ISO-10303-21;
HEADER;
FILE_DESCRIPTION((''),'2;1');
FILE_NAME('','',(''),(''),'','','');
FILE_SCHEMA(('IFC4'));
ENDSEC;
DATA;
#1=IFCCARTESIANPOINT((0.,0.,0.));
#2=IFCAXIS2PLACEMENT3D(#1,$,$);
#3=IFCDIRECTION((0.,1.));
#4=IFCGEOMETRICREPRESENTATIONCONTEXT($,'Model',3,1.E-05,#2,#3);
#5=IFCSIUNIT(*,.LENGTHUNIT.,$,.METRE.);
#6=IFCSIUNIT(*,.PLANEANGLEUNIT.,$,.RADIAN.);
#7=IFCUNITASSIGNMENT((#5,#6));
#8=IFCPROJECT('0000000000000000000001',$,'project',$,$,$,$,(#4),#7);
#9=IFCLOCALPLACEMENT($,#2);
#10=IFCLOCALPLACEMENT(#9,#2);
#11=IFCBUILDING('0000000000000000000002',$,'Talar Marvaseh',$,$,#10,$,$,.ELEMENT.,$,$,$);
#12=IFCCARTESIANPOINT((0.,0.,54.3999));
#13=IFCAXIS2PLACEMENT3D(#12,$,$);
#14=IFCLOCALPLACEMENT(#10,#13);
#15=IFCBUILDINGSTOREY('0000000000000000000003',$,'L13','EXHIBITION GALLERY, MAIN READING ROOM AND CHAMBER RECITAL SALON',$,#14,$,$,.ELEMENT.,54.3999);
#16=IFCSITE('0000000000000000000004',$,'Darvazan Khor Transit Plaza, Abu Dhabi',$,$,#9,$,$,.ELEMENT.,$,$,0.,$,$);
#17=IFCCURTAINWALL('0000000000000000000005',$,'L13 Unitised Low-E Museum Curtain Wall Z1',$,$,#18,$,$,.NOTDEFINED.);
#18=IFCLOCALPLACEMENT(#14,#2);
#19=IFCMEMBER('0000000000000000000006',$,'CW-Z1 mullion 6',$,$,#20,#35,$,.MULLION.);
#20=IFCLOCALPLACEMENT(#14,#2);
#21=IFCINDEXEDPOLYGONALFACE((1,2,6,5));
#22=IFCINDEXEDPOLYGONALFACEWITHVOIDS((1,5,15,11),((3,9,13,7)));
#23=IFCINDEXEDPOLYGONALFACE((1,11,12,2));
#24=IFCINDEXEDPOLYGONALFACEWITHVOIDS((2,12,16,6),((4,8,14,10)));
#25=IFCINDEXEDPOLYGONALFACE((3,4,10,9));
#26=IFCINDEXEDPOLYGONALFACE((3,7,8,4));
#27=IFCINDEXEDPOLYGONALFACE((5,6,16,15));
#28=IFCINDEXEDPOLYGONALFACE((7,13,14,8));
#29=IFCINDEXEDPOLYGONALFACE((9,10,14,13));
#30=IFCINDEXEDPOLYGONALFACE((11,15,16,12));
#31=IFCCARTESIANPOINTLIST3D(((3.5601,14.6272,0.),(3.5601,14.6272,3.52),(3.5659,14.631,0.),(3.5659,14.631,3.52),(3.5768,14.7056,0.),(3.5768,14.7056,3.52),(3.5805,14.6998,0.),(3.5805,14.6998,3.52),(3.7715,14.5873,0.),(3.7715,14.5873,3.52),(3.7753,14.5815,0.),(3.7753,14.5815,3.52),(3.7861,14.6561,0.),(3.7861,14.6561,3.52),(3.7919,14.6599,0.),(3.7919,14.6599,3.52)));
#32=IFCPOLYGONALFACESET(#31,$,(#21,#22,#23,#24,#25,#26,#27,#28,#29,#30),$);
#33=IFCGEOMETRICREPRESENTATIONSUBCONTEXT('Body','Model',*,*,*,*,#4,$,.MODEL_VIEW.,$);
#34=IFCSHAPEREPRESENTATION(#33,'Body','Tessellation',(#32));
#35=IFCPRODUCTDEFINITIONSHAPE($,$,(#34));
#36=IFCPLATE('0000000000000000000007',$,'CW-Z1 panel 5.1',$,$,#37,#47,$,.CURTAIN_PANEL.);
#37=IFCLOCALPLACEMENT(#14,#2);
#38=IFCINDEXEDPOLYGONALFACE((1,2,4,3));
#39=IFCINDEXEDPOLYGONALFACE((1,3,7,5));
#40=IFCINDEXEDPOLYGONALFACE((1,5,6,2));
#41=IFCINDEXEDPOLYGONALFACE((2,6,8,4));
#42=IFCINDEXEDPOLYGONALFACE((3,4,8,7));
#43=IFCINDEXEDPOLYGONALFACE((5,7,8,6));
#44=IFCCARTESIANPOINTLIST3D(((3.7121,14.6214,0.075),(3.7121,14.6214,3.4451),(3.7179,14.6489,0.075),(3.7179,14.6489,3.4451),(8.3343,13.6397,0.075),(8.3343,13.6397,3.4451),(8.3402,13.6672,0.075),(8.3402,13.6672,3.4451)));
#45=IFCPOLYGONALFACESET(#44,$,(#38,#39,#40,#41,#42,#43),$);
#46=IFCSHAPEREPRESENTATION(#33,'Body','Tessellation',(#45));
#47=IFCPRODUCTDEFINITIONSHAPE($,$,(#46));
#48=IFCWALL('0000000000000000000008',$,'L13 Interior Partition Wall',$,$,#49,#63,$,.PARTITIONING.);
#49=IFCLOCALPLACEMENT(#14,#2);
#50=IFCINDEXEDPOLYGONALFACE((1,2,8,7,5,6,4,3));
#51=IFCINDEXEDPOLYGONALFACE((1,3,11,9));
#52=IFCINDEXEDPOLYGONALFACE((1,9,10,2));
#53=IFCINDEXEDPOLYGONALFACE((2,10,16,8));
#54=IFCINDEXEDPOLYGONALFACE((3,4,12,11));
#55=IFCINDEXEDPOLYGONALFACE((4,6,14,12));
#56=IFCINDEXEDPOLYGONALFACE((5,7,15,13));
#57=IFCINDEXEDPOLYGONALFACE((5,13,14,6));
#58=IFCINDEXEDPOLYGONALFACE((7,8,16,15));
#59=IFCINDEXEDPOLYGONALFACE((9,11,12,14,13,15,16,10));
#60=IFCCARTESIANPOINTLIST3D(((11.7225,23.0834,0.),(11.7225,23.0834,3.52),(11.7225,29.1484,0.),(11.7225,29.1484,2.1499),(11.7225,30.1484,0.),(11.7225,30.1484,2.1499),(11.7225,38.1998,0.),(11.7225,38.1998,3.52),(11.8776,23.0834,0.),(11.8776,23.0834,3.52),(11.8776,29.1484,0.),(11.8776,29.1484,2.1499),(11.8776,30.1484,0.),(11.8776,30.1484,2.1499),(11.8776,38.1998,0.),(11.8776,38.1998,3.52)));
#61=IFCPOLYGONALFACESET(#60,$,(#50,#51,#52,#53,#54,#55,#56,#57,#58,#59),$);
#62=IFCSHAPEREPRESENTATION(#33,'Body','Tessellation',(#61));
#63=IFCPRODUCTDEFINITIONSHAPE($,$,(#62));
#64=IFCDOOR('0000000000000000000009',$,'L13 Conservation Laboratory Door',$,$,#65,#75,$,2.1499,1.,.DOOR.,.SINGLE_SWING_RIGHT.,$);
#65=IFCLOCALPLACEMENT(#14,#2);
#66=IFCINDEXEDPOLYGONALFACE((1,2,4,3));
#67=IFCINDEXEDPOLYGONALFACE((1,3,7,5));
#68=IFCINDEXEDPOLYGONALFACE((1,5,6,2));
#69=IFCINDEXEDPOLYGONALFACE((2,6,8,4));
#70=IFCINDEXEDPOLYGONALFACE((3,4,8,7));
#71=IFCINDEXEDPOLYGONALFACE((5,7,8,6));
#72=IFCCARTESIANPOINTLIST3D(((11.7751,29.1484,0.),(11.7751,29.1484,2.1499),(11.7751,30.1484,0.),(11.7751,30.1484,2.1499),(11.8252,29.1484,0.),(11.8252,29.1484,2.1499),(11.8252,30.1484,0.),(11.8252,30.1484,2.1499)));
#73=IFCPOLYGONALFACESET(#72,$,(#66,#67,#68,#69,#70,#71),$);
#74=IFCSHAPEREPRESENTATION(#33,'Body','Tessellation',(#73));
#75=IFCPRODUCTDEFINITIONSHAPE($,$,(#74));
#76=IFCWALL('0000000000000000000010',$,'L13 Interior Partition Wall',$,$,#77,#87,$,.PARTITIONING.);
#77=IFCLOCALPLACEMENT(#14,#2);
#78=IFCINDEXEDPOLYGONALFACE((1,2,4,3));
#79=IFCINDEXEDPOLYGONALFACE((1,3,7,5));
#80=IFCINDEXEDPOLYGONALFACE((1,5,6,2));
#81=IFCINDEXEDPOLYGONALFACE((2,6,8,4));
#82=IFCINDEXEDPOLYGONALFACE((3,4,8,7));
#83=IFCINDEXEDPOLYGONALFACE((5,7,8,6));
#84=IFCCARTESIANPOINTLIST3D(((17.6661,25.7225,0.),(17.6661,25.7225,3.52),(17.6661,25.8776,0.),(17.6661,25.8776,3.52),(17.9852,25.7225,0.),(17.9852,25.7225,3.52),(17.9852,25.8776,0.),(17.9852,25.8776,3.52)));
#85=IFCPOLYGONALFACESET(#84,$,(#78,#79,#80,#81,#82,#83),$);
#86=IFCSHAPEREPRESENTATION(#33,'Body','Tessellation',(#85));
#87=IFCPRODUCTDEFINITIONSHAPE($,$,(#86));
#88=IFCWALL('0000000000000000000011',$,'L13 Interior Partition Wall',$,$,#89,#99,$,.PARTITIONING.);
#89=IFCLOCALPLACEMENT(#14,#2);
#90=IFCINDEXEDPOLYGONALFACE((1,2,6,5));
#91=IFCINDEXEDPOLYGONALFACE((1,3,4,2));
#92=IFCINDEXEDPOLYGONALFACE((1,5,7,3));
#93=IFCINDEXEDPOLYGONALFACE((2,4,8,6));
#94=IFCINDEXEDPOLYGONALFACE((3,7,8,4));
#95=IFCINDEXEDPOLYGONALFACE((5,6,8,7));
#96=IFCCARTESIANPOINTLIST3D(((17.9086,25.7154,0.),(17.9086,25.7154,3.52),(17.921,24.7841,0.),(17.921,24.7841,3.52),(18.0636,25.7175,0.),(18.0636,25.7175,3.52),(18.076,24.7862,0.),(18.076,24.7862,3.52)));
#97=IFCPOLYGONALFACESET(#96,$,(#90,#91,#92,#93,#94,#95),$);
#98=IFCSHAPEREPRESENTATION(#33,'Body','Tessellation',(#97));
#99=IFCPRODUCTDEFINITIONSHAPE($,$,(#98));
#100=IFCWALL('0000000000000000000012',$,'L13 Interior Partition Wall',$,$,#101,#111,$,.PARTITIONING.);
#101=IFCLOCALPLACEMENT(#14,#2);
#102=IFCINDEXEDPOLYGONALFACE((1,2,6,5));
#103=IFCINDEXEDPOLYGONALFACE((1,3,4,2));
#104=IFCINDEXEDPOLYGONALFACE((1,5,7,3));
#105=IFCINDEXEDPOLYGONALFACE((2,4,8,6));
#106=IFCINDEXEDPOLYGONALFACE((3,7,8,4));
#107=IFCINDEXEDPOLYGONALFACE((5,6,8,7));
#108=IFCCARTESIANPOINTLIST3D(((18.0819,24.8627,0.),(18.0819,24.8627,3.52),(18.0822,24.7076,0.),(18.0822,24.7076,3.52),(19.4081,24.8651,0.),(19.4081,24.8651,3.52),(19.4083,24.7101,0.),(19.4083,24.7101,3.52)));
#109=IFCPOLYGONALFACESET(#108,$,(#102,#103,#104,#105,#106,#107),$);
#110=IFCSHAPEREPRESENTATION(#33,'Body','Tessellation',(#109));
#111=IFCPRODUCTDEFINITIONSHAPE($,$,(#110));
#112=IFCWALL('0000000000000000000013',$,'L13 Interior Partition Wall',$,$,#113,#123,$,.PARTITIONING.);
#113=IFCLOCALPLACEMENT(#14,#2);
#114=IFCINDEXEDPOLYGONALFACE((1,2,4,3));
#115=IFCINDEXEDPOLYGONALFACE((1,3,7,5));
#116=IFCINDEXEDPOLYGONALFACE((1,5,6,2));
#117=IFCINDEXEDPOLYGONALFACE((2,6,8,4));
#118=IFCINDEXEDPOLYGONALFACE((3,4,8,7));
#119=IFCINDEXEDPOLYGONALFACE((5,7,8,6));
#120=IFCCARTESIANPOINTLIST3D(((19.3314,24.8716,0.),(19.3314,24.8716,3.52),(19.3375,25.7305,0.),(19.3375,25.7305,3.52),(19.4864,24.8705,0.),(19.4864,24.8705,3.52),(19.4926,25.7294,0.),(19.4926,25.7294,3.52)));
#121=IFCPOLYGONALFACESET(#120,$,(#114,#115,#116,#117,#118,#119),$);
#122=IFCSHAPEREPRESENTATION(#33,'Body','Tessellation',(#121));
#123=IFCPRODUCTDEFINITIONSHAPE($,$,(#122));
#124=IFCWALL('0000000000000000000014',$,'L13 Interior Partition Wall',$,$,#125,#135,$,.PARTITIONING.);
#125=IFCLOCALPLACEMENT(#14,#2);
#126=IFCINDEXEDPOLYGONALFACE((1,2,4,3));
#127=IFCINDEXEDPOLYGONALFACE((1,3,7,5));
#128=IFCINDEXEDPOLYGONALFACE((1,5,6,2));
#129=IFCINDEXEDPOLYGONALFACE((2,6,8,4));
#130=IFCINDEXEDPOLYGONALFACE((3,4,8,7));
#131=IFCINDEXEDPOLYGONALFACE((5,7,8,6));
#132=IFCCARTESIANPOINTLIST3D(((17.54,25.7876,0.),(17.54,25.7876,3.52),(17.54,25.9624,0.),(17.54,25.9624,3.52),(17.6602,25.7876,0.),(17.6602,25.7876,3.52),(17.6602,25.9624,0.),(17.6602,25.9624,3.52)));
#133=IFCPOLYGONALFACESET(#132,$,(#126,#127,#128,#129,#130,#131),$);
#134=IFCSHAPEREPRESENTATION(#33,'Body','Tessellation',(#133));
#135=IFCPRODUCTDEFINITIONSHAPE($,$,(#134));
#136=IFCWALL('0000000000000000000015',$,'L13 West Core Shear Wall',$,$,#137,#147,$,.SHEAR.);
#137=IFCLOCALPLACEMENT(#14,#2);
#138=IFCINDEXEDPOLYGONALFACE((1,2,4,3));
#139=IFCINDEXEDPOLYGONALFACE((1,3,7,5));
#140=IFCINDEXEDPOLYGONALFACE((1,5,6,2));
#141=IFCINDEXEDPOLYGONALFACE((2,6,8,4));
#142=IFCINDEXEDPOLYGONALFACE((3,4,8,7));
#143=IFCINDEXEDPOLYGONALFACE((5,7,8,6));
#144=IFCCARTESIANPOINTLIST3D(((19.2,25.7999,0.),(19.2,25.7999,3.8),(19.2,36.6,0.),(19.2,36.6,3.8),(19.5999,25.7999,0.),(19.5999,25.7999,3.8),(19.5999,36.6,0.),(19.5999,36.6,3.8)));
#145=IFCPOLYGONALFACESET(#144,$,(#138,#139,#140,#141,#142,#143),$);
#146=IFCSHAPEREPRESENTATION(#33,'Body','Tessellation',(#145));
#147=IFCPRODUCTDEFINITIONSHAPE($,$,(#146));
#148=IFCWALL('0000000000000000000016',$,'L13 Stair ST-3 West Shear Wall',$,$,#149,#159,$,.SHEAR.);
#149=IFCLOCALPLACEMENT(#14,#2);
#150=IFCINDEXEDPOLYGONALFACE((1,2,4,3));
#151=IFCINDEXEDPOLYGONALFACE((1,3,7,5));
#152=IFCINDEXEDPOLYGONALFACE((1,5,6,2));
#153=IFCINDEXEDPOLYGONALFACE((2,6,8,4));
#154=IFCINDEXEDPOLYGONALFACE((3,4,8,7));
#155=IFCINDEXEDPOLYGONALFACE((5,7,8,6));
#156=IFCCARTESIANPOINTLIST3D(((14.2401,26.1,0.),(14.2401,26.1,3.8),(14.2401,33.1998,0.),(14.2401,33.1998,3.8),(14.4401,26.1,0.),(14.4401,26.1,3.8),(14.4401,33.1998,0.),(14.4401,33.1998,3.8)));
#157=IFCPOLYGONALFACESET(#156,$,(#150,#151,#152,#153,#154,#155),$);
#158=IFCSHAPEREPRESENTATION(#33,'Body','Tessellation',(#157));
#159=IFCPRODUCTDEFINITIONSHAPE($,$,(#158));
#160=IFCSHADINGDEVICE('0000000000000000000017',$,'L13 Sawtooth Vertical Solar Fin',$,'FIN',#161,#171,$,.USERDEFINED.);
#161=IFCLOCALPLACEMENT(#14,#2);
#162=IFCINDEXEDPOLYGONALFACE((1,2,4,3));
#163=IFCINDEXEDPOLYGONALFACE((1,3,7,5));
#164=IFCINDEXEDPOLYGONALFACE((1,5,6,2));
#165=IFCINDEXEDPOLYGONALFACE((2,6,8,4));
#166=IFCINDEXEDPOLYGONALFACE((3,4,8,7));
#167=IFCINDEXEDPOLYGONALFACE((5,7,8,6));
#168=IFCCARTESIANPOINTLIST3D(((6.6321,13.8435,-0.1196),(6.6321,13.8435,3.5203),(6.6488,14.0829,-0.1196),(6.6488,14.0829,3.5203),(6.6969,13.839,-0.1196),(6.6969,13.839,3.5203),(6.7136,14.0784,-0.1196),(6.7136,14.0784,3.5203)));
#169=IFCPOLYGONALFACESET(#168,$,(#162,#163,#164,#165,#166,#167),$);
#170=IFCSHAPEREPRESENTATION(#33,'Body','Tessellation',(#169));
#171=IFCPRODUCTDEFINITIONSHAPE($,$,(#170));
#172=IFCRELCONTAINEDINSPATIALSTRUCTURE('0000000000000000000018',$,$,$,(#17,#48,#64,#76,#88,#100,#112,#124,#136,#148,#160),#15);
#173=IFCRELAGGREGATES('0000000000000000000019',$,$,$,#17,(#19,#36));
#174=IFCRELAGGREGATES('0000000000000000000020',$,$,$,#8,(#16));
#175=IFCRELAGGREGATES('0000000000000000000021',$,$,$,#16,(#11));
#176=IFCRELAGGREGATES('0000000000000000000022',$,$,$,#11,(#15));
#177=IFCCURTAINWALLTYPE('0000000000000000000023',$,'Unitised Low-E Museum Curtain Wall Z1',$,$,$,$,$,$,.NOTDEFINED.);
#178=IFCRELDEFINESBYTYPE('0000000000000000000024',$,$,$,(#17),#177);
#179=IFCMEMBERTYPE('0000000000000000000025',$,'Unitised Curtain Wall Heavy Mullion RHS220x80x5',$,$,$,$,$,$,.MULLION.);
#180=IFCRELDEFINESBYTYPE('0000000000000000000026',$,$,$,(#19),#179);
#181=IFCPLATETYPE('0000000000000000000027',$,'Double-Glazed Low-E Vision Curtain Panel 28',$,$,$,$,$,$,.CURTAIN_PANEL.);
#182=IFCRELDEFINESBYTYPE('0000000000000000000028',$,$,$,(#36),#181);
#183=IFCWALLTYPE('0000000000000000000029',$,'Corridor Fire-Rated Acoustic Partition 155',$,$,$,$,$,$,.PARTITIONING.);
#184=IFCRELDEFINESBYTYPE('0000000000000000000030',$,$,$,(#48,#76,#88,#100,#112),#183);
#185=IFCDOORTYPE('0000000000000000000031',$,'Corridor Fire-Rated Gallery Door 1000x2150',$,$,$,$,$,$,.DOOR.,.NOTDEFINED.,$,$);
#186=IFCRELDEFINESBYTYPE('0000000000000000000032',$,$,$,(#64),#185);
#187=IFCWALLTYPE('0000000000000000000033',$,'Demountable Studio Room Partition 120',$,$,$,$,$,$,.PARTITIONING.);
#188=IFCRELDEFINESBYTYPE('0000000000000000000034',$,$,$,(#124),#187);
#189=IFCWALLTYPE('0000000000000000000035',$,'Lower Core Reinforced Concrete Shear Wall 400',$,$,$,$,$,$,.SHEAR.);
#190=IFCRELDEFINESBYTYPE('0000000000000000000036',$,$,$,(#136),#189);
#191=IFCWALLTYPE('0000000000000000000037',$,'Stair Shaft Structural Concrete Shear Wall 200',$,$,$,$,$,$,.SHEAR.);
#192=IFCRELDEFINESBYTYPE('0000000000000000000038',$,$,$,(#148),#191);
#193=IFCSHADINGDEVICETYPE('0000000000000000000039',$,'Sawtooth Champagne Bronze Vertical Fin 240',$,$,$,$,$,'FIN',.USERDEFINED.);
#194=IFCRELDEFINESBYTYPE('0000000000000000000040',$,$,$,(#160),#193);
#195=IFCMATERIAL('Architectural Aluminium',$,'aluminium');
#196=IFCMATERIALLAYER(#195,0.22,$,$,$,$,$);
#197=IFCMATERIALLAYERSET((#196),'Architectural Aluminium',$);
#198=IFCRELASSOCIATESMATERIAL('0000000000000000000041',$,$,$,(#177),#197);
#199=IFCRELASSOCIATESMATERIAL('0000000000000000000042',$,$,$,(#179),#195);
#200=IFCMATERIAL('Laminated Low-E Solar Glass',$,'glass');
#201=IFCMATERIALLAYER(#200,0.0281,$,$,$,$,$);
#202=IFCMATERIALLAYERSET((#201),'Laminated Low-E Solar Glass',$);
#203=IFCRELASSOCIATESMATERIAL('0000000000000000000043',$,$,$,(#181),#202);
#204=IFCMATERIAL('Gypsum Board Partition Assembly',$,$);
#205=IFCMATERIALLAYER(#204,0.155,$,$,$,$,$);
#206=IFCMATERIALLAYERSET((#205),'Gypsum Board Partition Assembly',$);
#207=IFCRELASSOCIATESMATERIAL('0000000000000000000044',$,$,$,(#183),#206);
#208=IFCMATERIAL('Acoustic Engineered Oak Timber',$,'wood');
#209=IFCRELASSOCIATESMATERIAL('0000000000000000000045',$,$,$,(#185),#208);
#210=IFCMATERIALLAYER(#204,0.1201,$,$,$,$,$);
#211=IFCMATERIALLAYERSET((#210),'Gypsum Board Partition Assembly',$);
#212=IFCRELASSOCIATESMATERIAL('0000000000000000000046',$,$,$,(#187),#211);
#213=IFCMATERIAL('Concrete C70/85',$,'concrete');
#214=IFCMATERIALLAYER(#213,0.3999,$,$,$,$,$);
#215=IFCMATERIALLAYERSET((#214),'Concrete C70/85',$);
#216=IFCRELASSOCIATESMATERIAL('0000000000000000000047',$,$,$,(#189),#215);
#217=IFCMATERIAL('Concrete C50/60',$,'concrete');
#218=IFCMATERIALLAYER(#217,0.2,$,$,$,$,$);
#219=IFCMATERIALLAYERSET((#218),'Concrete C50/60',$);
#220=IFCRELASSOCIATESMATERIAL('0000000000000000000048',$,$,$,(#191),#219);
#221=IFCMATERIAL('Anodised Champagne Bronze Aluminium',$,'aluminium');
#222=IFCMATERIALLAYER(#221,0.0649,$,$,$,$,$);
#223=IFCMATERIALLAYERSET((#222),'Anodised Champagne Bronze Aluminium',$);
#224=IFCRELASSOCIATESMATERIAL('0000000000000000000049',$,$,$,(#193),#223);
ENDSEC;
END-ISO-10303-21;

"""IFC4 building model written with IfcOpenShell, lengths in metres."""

from ifc_helpers import new_model, si_unit, direction, frame, frame_2d, origin, origin_2d, place, context, subcontext, project, spatial, rectangle, hollow_rectangle, extrude, source, transform, mapped, material, layer, layer_set, material_profile, profile_set, type_object, type_shapes, element, fill, aggregate, save


model = new_model("IFC4")

# Units and contexts
model_context = context("Model", 3, precision=1e-05, world=origin(), true_north=direction((0.0, 1.0)))
body_context = subcontext(model_context, "Body", "Model", "MODEL_VIEW")
ifc_project = project(units=[si_unit("LENGTHUNIT", "METRE"), si_unit("PLANEANGLEUNIT", "RADIAN")], contexts=[model_context])

# Site, building, storey
site_placement = place(None, origin())
site = spatial("IfcSite", under=ifc_project, at=site_placement, Name="Darvazan Khor Transit Plaza, Abu Dhabi", CompositionType="ELEMENT", RefElevation=0.0)
building_placement = place(site_placement, origin())
building = spatial("IfcBuilding", under=site, at=building_placement, Name="Talar Marvaseh", CompositionType="ELEMENT")
storey_placement = place(building_placement, frame((0.0, 0.0, 54.3999)))
storey = spatial("IfcBuildingStorey", under=building, at=storey_placement, Name="L13", Description="EXHIBITION GALLERY, MAIN READING ROOM AND CHAMBER RECITAL SALON", CompositionType="ELEMENT", Elevation=54.3999)

# Shared definitions
ifc_material_1 = material(Name="Concrete C70/85", Category="concrete")

# Curtain wall, member, plate
ifc_material_2 = material(Name="Architectural Aluminium", Category="aluminium")
ifc_layer_1 = layer(ifc_material_2, 0.22)
ifc_layer_set_1 = layer_set([ifc_layer_1], Name="Architectural Aluminium")
curtain_wall_type = type_object("IfcCurtainWallType", Name="Unitised Low-E Museum Curtain Wall Z1", PredefinedType="NOTDEFINED", material=ifc_layer_set_1)
curtain_wall_placement = place(storey_placement, origin())
curtain_wall = element("IfcCurtainWall", 1, at=curtain_wall_placement, inside=storey, type_object=curtain_wall_type, Name="L13 Unitised Low-E Museum Curtain Wall Z1", PredefinedType="NOTDEFINED")
ifc_material_profile_1 = material_profile(ifc_material_2, hollow_rectangle(XDim=0.0801, YDim=0.22, WallThickness=0.0049, at=origin_2d()), Name="RHS220x80x5")
ifc_profile_set_1 = profile_set([ifc_material_profile_1], Name="Architectural Aluminium")
member_type = type_object("IfcMemberType", Name="Unitised Curtain Wall Heavy Mullion RHS220x80x5", PredefinedType="MULLION", material=ifc_profile_set_1)
shared_shape_1 = source(origin(), body_context, "Body", "SweptSolid", [
    extrude(hollow_rectangle(XDim=0.0801, YDim=0.22, WallThickness=0.0049, at=origin_2d()), origin(), (0.0, 0.0, 1.0), 3.52),
])
type_shapes(member_type, [shared_shape_1])
member_placement = place(storey_placement, frame((3.676, 14.6436, 0.0), z_axis=(0.0, 0.0, 1.0), x_axis=(-0.207758, -0.97818, 0.0)))
member = element("IfcMember", 2, at=member_placement, type_object=member_type, Name="CW-Z1 mullion 6", PredefinedType="MULLION", context=body_context, shape_type="MappedRepresentation", body=[
    mapped(shared_shape_1, transform((0.0, 0.0, 0.0), x_axis=(1.0, 0.0, 0.0), y_axis=(0.0, 1.0, 0.0), z_axis=(0.0, 0.0, 1.0), scale=1.0)),
])
ifc_material_3 = material(Name="Laminated Low-E Solar Glass", Category="glass")
ifc_layer_2 = layer(ifc_material_3, 0.0281)
ifc_layer_set_2 = layer_set([ifc_layer_2], Name="Laminated Low-E Solar Glass")
plate_type = type_object("IfcPlateType", Name="Double-Glazed Low-E Vision Curtain Panel 28", PredefinedType="CURTAIN_PANEL", material=ifc_layer_set_2)
shared_shape_2 = source(origin(), body_context, "Body", "SweptSolid", [
    extrude(rectangle(XDim=4.7253, YDim=0.0281, at=origin_2d()), origin(), (0.0, 0.0, 1.0), 3.3701),
])
type_shapes(plate_type, [shared_shape_2])
plate_placement = place(storey_placement, frame((6.0261, 14.1443, 0.075), z_axis=(0.0, 0.0, 1.0), x_axis=(-0.97818, 0.207758, 0.0)))
plate = element("IfcPlate", 3, at=plate_placement, type_object=plate_type, Name="CW-Z1 panel 5.1", PredefinedType="CURTAIN_PANEL", context=body_context, shape_type="MappedRepresentation", body=[
    mapped(shared_shape_2, transform((0.0, 0.0, 0.0), x_axis=(1.0, 0.0, 0.0), y_axis=(0.0, 1.0, 0.0), z_axis=(0.0, 0.0, 1.0), scale=1.0)),
])
aggregate(curtain_wall, [member, plate])

# Wall, opening, door
ifc_material_4 = material(Name="Gypsum Board Partition Assembly")
ifc_layer_3 = layer(ifc_material_4, 0.155)
ifc_layer_set_3 = layer_set([ifc_layer_3], Name="Gypsum Board Partition Assembly")
wall_type_1 = type_object("IfcWallType", Name="Corridor Fire-Rated Acoustic Partition 155", PredefinedType="PARTITIONING", material=ifc_layer_set_3)
wall_1_placement = place(storey_placement, frame((11.8, 23.0835, 0.0), z_axis=(0.0, 0.0, 1.0), x_axis=(0.0, 1.0, 0.0)))
wall_1 = element("IfcWall", 4, at=wall_1_placement, inside=storey, type_object=wall_type_1, Name="L13 Interior Partition Wall", PredefinedType="PARTITIONING", context=body_context, shape_type="SweptSolid", body=[
    extrude(rectangle(XDim=15.1165, YDim=0.155, at=frame_2d((7.5581, 0.0))), origin(), (0.0, 0.0, 1.0), 3.52),
])
opening_placement = place(wall_1_placement, frame((6.0649, 0.0, 0.0)))
opening = element("IfcOpeningElement", 5, at=opening_placement, cuts=wall_1, PredefinedType="OPENING", context=body_context, shape_type="SweptSolid", body=[
    extrude(rectangle(XDim=1.0, YDim=2.1499, at=frame_2d((0.5, 1.075))), frame((0.0, 0.0874, 0.0), z_axis=(0.0, -1.0, 0.0), x_axis=(1.0, 0.0, 0.0)), (0.0, 0.0, 1.0), 0.175),
])
ifc_material_5 = material(Name="Acoustic Engineered Oak Timber", Category="wood")
door_type = type_object("IfcDoorType", Name="Corridor Fire-Rated Gallery Door 1000x2150", OperationType="NOTDEFINED", PredefinedType="DOOR", material=ifc_material_5)
shared_shape_3 = source(origin(), body_context, "Body", "SweptSolid", [
    extrude(rectangle(XDim=1.0, YDim=2.1499, at=frame_2d((0.5, 1.075))), frame((0.0, 0.0249, 0.0), z_axis=(0.0, -1.0, 0.0), x_axis=(1.0, 0.0, 0.0)), (0.0, 0.0, 1.0), 0.05),
])
type_shapes(door_type, [shared_shape_3])
door_placement = place(opening_placement, origin())
door = element("IfcDoor", 6, at=door_placement, inside=storey, type_object=door_type, Name="L13 Conservation Laboratory Door", OperationType="SINGLE_SWING_RIGHT", OverallHeight=2.1499, OverallWidth=1.0, PredefinedType="DOOR", context=body_context, shape_type="MappedRepresentation", body=[
    mapped(shared_shape_3, transform((0.0, 0.0, 0.0), x_axis=(1.0, 0.0, 0.0), y_axis=(0.0, 1.0, 0.0), z_axis=(0.0, 0.0, 1.0), scale=1.0)),
])
fill(opening, door)

# Walls
wall_2_placement = place(storey_placement, frame((17.666, 25.8, 0.0), z_axis=(0.0, 0.0, 1.0), x_axis=(1.0, 0.0, 0.0)))
element("IfcWall", 7, at=wall_2_placement, inside=storey, type_object=wall_type_1, Name="L13 Interior Partition Wall", PredefinedType="PARTITIONING", context=body_context, shape_type="SweptSolid", body=[
    extrude(rectangle(XDim=0.3191, YDim=0.155, at=frame_2d((0.1597, 0.0))), origin(), (0.0, 0.0, 1.0), 3.52),
])
wall_3_placement = place(storey_placement, frame((17.9861, 25.7166, 0.0), z_axis=(0.0, 0.0, 1.0), x_axis=(0.013367, -0.999911, 0.0)))
element("IfcWall", 8, at=wall_3_placement, inside=storey, type_object=wall_type_1, Name="L13 Interior Partition Wall", PredefinedType="PARTITIONING", context=body_context, shape_type="SweptSolid", body=[
    extrude(rectangle(XDim=0.9314, YDim=0.155, at=frame_2d((0.4658, 0.0))), origin(), (0.0, 0.0, 1.0), 3.52),
])
wall_4_placement = place(storey_placement, frame((18.082, 24.7852, 0.0), z_axis=(0.0, 0.0, 1.0), x_axis=(0.999998, 0.001841, 0.0)))
element("IfcWall", 9, at=wall_4_placement, inside=storey, type_object=wall_type_1, Name="L13 Interior Partition Wall", PredefinedType="PARTITIONING", context=body_context, shape_type="SweptSolid", body=[
    extrude(rectangle(XDim=1.3262, YDim=0.155, at=frame_2d((0.6631, 0.0))), origin(), (0.0, 0.0, 1.0), 3.52),
])
wall_5_placement = place(storey_placement, frame((19.4089, 24.8711, 0.0), z_axis=(0.0, 0.0, 1.0), x_axis=(0.007106, 0.999975, 0.0)))
element("IfcWall", 10, at=wall_5_placement, inside=storey, type_object=wall_type_1, Name="L13 Interior Partition Wall", PredefinedType="PARTITIONING", context=body_context, shape_type="SweptSolid", body=[
    extrude(rectangle(XDim=0.8589, YDim=0.155, at=frame_2d((0.4294, 0.0))), origin(), (0.0, 0.0, 1.0), 3.52),
])
ifc_layer_4 = layer(ifc_material_4, 0.1201)
ifc_layer_set_4 = layer_set([ifc_layer_4], Name="Gypsum Board Partition Assembly")
wall_type_2 = type_object("IfcWallType", Name="Demountable Studio Room Partition 120", PredefinedType="PARTITIONING", material=ifc_layer_set_4)
wall_6_placement = place(storey_placement, frame((17.6001, 25.9624, 0.0), z_axis=(0.0, 0.0, 1.0), x_axis=(0.0, -1.0, 0.0)))
element("IfcWall", 11, at=wall_6_placement, inside=storey, type_object=wall_type_2, Name="L13 Interior Partition Wall", PredefinedType="PARTITIONING", context=body_context, shape_type="SweptSolid", body=[
    extrude(rectangle(XDim=0.1748, YDim=0.1201, at=frame_2d((0.0874, 0.0))), origin(), (0.0, 0.0, 1.0), 3.52),
])
ifc_layer_5 = layer(ifc_material_1, 0.3999)
ifc_layer_set_5 = layer_set([ifc_layer_5], Name="Concrete C70/85")
wall_type_3 = type_object("IfcWallType", Name="Lower Core Reinforced Concrete Shear Wall 400", PredefinedType="SHEAR", material=ifc_layer_set_5)
wall_7_placement = place(storey_placement, frame((19.3999, 25.8, 0.0), z_axis=(0.0, 0.0, 1.0), x_axis=(0.0, 1.0, 0.0)))
element("IfcWall", 12, at=wall_7_placement, inside=storey, type_object=wall_type_3, Name="L13 West Core Shear Wall", PredefinedType="SHEAR", context=body_context, shape_type="SweptSolid", body=[
    extrude(rectangle(XDim=10.8, YDim=0.3999, at=frame_2d((5.3999, 0.0))), origin(), (0.0, 0.0, 1.0), 3.8),
])
ifc_material_6 = material(Name="Concrete C50/60", Category="concrete")
ifc_layer_6 = layer(ifc_material_6, 0.2)
ifc_layer_set_6 = layer_set([ifc_layer_6], Name="Concrete C50/60")
wall_type_4 = type_object("IfcWallType", Name="Stair Shaft Structural Concrete Shear Wall 200", PredefinedType="SHEAR", material=ifc_layer_set_6)
wall_8_placement = place(storey_placement, frame((14.3401, 26.1001, 0.0), z_axis=(0.0, 0.0, 1.0), x_axis=(0.0, 1.0, 0.0)))
element("IfcWall", 13, at=wall_8_placement, inside=storey, type_object=wall_type_4, Name="L13 Stair ST-3 West Shear Wall", PredefinedType="SHEAR", context=body_context, shape_type="SweptSolid", body=[
    extrude(rectangle(XDim=7.0999, YDim=0.2, at=frame_2d((3.5498, 0.0))), origin(), (0.0, 0.0, 1.0), 3.8),
])

# Shading device
ifc_material_7 = material(Name="Anodised Champagne Bronze Aluminium", Category="aluminium")
ifc_layer_7 = layer(ifc_material_7, 0.0649)
ifc_layer_set_7 = layer_set([ifc_layer_7], Name="Anodised Champagne Bronze Aluminium")
shading_device_type = type_object("IfcShadingDeviceType", Name="Sawtooth Champagne Bronze Vertical Fin 240", ElementType="FIN", PredefinedType="USERDEFINED", material=ifc_layer_set_7)
shared_shape_4 = source(origin(), body_context, "Body", "SweptSolid", [
    extrude(rectangle(XDim=0.24, YDim=0.0649, at=origin_2d()), origin(), (0.0, 0.0, 1.0), 3.6399),
])
type_shapes(shading_device_type, [shared_shape_4])
for number, where, z_axis, x_axis, name in (
    (14, (6.6729, 13.9609, -0.1196), (0.0, 0.0, 1.0), (-0.069582, -0.997576, 0.0), "L13 Sawtooth Vertical Solar Fin"),
):
    element("IfcShadingDevice", number, at=place(storey_placement, frame(where, z_axis=z_axis, x_axis=x_axis)), inside=storey, type_object=shading_device_type, Name=name, ObjectType="FIN", PredefinedType="USERDEFINED", context=body_context, shape_type="MappedRepresentation", body=[
        mapped(shared_shape_4, transform((0.0, 0.0, 0.0), x_axis=(1.0, 0.0, 0.0), y_axis=(0.0, 1.0, 0.0), z_axis=(0.0, 0.0, 1.0), scale=1.0)),
    ])

save(model, "model.ifc")
